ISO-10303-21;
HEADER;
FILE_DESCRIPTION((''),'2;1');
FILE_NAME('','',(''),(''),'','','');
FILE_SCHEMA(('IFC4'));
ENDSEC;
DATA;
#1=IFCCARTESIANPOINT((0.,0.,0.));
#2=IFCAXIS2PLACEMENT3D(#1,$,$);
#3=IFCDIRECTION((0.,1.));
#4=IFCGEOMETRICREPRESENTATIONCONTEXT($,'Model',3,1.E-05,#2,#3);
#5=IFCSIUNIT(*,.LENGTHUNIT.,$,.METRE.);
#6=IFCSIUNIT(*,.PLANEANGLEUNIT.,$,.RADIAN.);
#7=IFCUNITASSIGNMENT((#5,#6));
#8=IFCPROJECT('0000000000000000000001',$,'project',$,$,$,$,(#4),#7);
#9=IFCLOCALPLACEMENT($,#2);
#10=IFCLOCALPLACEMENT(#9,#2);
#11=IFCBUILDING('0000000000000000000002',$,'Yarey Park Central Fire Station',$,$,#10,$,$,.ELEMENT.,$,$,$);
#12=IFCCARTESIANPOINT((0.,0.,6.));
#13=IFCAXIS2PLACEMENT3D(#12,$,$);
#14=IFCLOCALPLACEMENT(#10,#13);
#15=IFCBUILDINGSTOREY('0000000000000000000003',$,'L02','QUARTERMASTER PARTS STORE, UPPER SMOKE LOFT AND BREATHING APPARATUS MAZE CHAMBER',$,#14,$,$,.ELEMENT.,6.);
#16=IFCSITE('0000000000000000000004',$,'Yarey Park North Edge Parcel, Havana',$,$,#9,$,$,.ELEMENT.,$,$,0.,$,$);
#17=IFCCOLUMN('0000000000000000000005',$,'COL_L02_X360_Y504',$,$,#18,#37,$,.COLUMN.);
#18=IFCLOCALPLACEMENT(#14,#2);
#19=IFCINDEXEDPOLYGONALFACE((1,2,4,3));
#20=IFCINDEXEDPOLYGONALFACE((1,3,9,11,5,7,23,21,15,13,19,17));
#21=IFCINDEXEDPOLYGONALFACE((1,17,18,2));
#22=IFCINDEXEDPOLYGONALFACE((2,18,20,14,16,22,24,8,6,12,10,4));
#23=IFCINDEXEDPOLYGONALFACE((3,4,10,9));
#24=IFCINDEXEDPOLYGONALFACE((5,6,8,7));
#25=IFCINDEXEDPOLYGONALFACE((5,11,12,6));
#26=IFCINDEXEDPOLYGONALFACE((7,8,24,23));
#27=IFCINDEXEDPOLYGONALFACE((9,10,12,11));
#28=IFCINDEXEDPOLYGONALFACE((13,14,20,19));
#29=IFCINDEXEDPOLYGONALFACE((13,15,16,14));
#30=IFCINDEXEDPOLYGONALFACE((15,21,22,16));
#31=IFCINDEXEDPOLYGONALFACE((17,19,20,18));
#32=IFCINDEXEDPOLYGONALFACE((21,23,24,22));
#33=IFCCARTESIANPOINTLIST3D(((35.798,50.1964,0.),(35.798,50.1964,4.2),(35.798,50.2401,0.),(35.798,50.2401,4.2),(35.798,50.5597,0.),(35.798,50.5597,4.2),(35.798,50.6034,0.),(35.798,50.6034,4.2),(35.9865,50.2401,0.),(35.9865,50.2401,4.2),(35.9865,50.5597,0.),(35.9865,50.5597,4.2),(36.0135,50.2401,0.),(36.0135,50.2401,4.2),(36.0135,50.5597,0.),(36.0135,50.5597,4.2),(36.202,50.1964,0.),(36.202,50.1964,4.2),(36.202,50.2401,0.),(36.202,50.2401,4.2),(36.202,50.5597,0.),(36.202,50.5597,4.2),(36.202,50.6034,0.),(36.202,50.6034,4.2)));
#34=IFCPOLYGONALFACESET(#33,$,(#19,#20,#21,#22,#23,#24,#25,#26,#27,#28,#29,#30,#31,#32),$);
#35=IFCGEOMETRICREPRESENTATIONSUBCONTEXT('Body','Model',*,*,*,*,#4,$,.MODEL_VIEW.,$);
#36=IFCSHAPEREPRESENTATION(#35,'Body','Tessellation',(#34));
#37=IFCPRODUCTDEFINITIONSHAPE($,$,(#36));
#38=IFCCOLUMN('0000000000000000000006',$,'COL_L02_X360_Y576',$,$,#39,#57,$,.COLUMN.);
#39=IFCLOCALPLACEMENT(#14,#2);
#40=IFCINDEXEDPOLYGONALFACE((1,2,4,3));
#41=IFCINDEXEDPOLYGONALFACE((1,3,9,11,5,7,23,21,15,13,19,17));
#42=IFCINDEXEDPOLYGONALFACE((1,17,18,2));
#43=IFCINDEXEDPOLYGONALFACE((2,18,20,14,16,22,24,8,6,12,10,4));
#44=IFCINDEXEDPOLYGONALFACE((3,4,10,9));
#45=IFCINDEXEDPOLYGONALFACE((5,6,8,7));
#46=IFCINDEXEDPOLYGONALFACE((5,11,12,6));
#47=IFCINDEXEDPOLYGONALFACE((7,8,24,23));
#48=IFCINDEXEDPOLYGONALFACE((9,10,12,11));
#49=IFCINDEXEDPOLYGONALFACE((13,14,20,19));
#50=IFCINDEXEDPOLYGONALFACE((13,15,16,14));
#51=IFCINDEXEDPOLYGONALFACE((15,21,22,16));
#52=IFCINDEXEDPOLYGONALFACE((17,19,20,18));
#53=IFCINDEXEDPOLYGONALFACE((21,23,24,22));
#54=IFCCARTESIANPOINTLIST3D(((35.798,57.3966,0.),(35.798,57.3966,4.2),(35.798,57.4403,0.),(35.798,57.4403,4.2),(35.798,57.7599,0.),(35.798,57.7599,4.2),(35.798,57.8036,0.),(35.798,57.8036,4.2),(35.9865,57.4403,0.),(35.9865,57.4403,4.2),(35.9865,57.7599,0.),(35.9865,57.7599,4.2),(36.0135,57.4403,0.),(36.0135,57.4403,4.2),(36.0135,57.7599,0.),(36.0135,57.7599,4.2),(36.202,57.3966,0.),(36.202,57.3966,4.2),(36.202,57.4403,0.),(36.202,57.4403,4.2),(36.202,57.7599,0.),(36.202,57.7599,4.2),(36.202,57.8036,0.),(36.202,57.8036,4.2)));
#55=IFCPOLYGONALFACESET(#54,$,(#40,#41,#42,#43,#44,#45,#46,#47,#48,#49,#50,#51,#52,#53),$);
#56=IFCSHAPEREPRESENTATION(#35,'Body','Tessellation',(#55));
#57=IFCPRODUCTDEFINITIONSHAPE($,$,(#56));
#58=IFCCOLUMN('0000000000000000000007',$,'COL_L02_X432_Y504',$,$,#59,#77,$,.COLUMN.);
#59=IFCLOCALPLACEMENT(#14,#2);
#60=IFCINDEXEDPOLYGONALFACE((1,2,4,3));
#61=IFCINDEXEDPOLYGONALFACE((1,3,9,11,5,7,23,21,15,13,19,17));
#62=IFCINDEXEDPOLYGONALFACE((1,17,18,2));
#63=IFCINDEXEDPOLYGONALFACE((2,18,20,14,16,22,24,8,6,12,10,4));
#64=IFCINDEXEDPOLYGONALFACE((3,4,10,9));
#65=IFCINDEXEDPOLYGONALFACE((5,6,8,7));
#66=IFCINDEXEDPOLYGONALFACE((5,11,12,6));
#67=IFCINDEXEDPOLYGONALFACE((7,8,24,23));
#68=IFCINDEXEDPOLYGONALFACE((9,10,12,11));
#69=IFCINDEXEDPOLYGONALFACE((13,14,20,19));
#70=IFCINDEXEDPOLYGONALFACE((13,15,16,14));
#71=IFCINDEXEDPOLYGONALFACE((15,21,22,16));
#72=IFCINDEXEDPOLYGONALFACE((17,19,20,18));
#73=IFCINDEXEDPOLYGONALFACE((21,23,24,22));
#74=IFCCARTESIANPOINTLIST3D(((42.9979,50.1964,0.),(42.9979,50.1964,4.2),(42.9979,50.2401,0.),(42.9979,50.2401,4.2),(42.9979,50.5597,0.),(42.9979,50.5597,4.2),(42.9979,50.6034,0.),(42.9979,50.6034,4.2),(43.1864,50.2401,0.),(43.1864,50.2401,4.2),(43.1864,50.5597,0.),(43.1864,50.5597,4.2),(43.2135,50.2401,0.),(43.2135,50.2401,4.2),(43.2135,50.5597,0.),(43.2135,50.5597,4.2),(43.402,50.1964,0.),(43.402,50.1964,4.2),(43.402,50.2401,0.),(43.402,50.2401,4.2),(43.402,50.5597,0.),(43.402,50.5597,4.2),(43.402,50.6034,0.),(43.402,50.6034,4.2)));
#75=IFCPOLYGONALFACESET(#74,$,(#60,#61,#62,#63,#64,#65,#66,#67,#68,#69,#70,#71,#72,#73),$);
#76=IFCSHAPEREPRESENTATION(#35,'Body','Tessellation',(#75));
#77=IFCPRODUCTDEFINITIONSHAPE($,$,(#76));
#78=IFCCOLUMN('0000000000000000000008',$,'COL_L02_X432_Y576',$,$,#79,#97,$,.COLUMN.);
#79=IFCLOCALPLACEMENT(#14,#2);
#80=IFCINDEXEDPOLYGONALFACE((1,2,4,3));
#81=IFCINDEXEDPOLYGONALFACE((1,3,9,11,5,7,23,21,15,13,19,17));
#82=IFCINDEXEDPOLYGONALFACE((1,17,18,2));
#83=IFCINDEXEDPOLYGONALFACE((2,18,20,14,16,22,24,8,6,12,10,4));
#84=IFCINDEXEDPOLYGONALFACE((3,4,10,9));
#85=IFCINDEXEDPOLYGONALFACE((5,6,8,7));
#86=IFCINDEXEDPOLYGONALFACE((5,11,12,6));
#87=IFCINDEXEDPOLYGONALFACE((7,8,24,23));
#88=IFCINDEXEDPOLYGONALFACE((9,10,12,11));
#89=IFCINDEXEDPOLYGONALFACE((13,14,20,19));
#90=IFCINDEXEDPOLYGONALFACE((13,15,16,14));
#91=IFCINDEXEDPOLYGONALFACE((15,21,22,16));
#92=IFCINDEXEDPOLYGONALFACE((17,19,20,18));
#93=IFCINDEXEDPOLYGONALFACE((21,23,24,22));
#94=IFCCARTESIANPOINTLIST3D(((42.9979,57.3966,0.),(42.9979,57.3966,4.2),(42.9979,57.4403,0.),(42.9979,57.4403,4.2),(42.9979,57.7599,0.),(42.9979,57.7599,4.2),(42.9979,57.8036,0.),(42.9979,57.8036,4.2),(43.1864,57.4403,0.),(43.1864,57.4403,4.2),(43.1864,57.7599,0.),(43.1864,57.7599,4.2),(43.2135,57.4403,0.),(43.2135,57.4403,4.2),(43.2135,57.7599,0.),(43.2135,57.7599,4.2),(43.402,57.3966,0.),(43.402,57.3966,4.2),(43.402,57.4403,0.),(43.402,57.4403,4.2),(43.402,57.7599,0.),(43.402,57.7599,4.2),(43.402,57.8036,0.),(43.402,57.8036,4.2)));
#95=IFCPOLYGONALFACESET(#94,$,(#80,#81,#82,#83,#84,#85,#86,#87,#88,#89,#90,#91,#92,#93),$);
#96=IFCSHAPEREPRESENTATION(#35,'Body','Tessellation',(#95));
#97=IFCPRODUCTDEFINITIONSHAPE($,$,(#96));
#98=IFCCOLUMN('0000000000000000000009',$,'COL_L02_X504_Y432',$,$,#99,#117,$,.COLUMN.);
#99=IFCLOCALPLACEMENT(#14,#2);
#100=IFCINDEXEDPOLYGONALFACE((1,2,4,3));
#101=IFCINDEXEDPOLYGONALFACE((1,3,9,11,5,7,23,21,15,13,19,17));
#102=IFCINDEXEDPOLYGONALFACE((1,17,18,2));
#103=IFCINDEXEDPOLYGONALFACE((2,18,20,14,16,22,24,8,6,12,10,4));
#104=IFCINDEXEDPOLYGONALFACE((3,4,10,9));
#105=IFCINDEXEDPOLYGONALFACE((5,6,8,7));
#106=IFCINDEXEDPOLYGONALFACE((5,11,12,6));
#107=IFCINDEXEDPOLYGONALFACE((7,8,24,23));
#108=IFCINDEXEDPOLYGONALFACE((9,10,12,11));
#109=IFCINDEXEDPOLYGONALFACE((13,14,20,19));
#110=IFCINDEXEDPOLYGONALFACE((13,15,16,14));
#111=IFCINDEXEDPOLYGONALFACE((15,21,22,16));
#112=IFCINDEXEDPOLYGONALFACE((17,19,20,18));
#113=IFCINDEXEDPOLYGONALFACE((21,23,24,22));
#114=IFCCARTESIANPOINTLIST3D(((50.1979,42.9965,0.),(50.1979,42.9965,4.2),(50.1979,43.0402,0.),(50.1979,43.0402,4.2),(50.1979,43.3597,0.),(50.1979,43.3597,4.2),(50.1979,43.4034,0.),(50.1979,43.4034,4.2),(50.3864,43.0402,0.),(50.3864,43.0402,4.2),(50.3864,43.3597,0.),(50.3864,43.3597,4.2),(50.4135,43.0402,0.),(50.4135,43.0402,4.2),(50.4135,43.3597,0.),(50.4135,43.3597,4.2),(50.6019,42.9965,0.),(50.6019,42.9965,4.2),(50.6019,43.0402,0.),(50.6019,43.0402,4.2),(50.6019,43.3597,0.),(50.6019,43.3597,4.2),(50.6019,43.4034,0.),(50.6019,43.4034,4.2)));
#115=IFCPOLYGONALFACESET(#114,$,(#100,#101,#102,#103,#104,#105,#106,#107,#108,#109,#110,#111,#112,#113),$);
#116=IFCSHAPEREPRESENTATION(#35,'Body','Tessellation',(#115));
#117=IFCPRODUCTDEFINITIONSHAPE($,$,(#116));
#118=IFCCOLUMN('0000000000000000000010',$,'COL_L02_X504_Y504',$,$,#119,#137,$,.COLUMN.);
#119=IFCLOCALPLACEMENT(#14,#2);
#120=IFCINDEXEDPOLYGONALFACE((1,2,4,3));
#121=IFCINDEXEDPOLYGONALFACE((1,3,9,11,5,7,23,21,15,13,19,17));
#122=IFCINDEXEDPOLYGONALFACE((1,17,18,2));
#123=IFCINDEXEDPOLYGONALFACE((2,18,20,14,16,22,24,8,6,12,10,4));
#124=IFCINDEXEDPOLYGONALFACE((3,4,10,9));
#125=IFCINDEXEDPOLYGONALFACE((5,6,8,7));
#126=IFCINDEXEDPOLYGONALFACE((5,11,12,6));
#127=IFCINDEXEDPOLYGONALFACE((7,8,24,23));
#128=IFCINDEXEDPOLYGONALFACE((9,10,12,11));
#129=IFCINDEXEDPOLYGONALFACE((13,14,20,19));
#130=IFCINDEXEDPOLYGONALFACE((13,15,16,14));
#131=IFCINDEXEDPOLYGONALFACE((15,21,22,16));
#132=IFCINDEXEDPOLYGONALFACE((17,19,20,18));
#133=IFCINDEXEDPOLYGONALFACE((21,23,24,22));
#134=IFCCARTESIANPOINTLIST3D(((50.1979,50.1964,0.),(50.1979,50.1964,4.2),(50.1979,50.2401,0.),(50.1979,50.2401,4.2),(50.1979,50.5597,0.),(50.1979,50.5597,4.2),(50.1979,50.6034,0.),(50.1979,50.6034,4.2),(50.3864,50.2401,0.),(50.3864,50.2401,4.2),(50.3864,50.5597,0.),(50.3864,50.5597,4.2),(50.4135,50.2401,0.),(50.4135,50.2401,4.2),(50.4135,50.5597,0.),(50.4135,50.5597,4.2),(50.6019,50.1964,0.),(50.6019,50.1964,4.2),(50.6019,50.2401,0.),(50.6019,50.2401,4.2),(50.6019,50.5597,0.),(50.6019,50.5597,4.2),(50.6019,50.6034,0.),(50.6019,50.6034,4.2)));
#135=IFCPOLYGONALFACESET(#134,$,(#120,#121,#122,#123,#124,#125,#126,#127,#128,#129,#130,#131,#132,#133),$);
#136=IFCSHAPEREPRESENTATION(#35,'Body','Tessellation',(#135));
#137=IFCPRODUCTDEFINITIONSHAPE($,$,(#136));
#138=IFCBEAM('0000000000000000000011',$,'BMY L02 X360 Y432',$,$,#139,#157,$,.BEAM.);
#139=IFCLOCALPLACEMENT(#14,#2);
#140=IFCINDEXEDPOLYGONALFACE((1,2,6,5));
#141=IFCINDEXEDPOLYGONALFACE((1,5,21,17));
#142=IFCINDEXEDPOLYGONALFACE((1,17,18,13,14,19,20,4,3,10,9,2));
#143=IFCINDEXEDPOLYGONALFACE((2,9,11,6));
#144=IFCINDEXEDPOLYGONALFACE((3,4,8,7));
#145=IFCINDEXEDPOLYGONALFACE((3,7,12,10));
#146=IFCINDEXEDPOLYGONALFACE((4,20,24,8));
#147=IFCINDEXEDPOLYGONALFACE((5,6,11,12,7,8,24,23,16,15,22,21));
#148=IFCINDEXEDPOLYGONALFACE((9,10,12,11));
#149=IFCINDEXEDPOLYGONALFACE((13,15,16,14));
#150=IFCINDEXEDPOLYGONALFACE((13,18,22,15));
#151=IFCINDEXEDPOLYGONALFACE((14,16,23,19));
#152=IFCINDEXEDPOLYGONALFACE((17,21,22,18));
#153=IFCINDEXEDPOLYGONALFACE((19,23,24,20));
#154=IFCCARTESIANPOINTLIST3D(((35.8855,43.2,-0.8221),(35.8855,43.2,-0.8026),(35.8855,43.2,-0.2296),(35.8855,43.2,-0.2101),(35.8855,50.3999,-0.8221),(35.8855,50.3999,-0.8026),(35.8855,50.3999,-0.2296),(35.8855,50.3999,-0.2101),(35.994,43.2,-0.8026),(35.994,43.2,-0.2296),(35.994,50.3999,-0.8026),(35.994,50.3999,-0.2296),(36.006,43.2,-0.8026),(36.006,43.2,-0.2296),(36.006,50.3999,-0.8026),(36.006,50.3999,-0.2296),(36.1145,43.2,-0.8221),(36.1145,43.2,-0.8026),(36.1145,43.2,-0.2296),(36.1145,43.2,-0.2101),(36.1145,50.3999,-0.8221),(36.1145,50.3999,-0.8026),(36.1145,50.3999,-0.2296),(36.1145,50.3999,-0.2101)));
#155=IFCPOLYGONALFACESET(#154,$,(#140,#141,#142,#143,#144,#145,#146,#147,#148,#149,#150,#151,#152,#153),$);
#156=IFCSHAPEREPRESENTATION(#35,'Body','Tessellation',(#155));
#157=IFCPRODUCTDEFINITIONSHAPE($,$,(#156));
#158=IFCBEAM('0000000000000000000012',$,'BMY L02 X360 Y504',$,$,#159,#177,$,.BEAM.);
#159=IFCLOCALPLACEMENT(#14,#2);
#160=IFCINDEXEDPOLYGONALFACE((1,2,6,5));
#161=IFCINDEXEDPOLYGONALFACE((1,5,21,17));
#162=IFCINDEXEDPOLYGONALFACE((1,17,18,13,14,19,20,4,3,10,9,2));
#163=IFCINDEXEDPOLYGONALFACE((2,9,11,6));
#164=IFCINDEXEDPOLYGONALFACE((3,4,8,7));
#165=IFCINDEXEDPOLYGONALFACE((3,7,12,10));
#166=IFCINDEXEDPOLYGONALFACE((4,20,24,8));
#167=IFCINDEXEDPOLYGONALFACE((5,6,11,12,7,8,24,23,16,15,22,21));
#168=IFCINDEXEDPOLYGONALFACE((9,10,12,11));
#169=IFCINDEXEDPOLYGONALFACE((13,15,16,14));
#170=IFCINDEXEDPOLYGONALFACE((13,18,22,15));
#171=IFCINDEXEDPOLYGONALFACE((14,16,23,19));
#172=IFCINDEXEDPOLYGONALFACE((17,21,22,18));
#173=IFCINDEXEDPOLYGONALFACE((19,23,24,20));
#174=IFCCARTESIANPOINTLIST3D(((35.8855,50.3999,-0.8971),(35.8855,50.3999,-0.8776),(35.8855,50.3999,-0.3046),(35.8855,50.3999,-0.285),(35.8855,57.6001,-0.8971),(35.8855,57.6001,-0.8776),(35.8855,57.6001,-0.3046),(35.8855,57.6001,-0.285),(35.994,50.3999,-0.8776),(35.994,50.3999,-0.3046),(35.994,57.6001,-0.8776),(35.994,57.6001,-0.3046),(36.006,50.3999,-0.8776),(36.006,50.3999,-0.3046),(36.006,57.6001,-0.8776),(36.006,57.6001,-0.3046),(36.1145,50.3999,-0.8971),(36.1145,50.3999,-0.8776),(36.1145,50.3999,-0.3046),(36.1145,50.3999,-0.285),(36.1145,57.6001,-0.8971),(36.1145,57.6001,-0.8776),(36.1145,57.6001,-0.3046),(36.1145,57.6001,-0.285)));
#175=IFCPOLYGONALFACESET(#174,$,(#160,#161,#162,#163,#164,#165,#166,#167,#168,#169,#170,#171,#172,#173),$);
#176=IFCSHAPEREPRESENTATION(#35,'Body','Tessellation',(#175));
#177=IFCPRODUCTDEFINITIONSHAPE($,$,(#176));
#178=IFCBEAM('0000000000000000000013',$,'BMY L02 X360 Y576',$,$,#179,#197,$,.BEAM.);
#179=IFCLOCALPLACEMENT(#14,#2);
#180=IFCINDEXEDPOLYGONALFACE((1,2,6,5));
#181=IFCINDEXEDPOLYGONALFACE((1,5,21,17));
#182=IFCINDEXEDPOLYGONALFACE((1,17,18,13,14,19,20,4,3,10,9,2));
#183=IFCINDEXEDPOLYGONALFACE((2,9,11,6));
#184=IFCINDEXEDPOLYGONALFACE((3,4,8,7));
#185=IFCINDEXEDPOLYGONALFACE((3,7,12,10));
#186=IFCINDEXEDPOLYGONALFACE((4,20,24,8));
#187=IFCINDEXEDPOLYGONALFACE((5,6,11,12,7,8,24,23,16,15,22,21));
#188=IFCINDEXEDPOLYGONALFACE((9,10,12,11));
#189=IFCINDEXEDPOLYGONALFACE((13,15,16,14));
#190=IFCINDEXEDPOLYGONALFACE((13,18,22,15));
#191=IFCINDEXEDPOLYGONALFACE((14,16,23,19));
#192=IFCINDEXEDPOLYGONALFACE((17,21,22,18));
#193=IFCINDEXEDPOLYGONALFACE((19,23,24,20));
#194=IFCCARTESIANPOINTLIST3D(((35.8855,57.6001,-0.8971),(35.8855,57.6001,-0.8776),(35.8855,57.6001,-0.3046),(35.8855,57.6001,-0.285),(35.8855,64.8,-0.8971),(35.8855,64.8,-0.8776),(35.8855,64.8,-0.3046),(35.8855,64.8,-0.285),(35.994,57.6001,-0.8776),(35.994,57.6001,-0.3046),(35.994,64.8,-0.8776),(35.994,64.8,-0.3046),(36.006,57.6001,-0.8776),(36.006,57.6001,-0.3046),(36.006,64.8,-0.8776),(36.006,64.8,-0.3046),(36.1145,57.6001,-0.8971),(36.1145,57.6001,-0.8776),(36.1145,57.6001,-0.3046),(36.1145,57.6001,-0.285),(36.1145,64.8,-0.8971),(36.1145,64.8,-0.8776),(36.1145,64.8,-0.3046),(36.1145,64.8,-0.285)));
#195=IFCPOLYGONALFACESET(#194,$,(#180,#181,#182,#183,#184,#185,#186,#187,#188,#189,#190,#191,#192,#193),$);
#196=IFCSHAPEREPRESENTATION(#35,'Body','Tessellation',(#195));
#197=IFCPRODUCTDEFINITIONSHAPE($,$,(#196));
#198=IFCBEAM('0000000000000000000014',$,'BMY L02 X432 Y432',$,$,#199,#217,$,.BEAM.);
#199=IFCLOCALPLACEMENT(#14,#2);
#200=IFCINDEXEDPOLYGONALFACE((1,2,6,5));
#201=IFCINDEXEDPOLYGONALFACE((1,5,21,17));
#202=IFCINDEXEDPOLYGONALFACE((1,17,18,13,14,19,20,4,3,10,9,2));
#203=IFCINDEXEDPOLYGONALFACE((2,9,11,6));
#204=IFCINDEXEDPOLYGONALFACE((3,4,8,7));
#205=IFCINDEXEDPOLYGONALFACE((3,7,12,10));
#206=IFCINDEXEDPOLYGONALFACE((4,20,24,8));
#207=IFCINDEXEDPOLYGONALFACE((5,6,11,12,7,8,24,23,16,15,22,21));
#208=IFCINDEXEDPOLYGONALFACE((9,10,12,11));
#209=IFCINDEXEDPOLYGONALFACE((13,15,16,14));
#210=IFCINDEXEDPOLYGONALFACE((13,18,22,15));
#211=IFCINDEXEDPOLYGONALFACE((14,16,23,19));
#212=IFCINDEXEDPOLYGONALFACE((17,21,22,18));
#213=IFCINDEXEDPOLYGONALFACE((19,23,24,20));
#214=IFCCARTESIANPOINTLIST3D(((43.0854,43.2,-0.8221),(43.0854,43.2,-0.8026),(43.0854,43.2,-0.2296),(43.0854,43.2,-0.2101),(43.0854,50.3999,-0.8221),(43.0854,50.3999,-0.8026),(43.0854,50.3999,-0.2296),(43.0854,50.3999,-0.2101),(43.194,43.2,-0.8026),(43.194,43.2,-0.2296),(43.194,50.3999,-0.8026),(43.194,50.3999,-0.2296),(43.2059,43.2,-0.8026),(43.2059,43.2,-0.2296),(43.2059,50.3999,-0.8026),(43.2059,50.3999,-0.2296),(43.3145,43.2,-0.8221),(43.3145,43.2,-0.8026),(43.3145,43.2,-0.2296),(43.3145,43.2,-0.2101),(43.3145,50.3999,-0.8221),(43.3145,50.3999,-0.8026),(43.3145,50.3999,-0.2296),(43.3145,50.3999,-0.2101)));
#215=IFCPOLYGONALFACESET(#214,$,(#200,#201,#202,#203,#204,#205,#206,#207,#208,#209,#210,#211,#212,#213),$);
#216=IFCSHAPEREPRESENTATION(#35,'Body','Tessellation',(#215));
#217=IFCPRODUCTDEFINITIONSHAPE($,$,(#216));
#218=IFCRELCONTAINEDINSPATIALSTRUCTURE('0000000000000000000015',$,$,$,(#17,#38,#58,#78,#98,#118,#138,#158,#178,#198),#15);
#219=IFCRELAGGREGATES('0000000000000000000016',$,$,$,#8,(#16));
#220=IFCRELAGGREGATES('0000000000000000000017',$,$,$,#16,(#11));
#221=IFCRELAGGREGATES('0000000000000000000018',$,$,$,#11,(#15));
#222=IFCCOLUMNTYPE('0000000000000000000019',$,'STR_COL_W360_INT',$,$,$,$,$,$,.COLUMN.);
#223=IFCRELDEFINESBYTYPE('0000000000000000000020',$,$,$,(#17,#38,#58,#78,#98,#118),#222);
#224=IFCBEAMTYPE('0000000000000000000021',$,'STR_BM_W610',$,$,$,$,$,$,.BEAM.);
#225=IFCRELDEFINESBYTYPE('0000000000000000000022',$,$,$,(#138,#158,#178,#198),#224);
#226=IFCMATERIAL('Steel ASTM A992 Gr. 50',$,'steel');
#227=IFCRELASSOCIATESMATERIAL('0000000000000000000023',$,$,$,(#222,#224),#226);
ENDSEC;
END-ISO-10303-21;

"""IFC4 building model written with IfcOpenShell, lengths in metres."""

from ifc_helpers import new_model, si_unit, direction, frame, origin, origin_2d, place, context, subcontext, project, spatial, i_section, extrude, material, material_profile, profile_set, type_object, element, save


model = new_model("IFC4")

# Units and contexts
model_context = context("Model", 3, precision=1e-05, world=origin(), true_north=direction((0.0, 1.0)))
body_context = subcontext(model_context, "Body", "Model", "MODEL_VIEW")
ifc_project = project(units=[si_unit("LENGTHUNIT", "METRE"), si_unit("PLANEANGLEUNIT", "RADIAN")], contexts=[model_context])

# Site, building, storey
site_placement = place(None, origin())
site = spatial("IfcSite", under=ifc_project, at=site_placement, Name="Yarey Park North Edge Parcel, Havana", CompositionType="ELEMENT", RefElevation=0.0)
building_placement = place(site_placement, origin())
building = spatial("IfcBuilding", under=site, at=building_placement, Name="Yarey Park Central Fire Station", CompositionType="ELEMENT")
storey_placement = place(building_placement, frame((0.0, 0.0, 6.0)))
storey = spatial("IfcBuildingStorey", under=building, at=storey_placement, Name="L02", Description="QUARTERMASTER PARTS STORE, UPPER SMOKE LOFT AND BREATHING APPARATUS MAZE CHAMBER", CompositionType="ELEMENT", Elevation=6.0)

# Columns
ifc_material_1 = material(Name="Steel ASTM A992 Gr. 50", Category="steel")
ifc_material_profile_1 = material_profile(ifc_material_1, i_section(OverallWidth=0.4041, OverallDepth=0.407, WebThickness=0.0271, FlangeThickness=0.0437, at=origin_2d()), Name="W360x347")
ifc_profile_set_1 = profile_set([ifc_material_profile_1], Name="Steel ASTM A992 Gr. 50")
column_type = type_object("IfcColumnType", Name="STR_COL_W360_INT", PredefinedType="COLUMN", material=ifc_profile_set_1)
for number, where, z_axis, x_axis, name in (
    (1, (36.0, 50.3999, 0.0), (0.0, 0.0, 1.0), (1.0, 0.0, 0.0), "COL_L02_X360_Y504"),
    (2, (36.0, 57.6001, 0.0), (0.0, 0.0, 1.0), (1.0, 0.0, 0.0), "COL_L02_X360_Y576"),
    (3, (43.2, 50.3999, 0.0), (0.0, 0.0, 1.0), (1.0, 0.0, 0.0), "COL_L02_X432_Y504"),
    (4, (43.2, 57.6001, 0.0), (0.0, 0.0, 1.0), (1.0, 0.0, 0.0), "COL_L02_X432_Y576"),
    (5, (50.3999, 43.2, 0.0), (0.0, 0.0, 1.0), (1.0, 0.0, 0.0), "COL_L02_X504_Y432"),
    (6, (50.3999, 50.3999, 0.0), (0.0, 0.0, 1.0), (1.0, 0.0, 0.0), "COL_L02_X504_Y504"),
):
    element("IfcColumn", number, at=place(storey_placement, frame(where, z_axis=z_axis, x_axis=x_axis)), inside=storey, type_object=column_type, Name=name, PredefinedType="COLUMN", context=body_context, shape_type="SweptSolid", body=[
        extrude(i_section(OverallWidth=0.4041, OverallDepth=0.407, WebThickness=0.0271, FlangeThickness=0.0437, at=origin_2d()), origin(), (0.0, 0.0, 1.0), 4.2),
    ])

# Beams
ifc_material_profile_2 = material_profile(ifc_material_1, i_section(OverallWidth=0.229, OverallDepth=0.6121, WebThickness=0.012, FlangeThickness=0.0195, at=origin_2d()), Name="W610x125")
ifc_profile_set_2 = profile_set([ifc_material_profile_2], Name="Steel ASTM A992 Gr. 50")
beam_type_1 = type_object("IfcBeamType", Name="STR_BM_W610", PredefinedType="BEAM", material=ifc_profile_set_2)
beam_1_placement = place(storey_placement, frame((36.0, 43.2, -0.5161), z_axis=(0.0, 1.0, 0.0), x_axis=(-1.0, 0.0, 0.0)))
element("IfcBeam", 7, at=beam_1_placement, inside=storey, type_object=beam_type_1, Name="BMY L02 X360 Y432", PredefinedType="BEAM", context=body_context, shape_type="SweptSolid", body=[
    extrude(i_section(OverallWidth=0.229, OverallDepth=0.6121, WebThickness=0.012, FlangeThickness=0.0195, at=origin_2d()), origin(), (0.0, 0.0, 1.0), 7.2),
])
beam_2_placement = place(storey_placement, frame((36.0, 50.3999, -0.5911), z_axis=(0.0, 1.0, 0.0), x_axis=(-1.0, 0.0, 0.0)))
element("IfcBeam", 8, at=beam_2_placement, inside=storey, type_object=beam_type_1, Name="BMY L02 X360 Y504", PredefinedType="BEAM", context=body_context, shape_type="SweptSolid", body=[
    extrude(i_section(OverallWidth=0.229, OverallDepth=0.6121, WebThickness=0.012, FlangeThickness=0.0195, at=origin_2d()), origin(), (0.0, 0.0, 1.0), 7.2002),
])
for number, where, z_axis, x_axis, name in (
    (9, (36.0, 57.6001, -0.5911), (0.0, 1.0, 0.0), (-1.0, 0.0, 0.0), "BMY L02 X360 Y576"),
    (10, (43.2, 43.2, -0.5161), (0.0, 1.0, 0.0), (-1.0, 0.0, 0.0), "BMY L02 X432 Y432"),
):
    element("IfcBeam", number, at=place(storey_placement, frame(where, z_axis=z_axis, x_axis=x_axis)), inside=storey, type_object=beam_type_1, Name=name, PredefinedType="BEAM", context=body_context, shape_type="SweptSolid", body=[
        extrude(i_section(OverallWidth=0.229, OverallDepth=0.6121, WebThickness=0.012, FlangeThickness=0.0195, at=origin_2d()), origin(), (0.0, 0.0, 1.0), 7.2),
    ])

save(model, "model.ifc")
